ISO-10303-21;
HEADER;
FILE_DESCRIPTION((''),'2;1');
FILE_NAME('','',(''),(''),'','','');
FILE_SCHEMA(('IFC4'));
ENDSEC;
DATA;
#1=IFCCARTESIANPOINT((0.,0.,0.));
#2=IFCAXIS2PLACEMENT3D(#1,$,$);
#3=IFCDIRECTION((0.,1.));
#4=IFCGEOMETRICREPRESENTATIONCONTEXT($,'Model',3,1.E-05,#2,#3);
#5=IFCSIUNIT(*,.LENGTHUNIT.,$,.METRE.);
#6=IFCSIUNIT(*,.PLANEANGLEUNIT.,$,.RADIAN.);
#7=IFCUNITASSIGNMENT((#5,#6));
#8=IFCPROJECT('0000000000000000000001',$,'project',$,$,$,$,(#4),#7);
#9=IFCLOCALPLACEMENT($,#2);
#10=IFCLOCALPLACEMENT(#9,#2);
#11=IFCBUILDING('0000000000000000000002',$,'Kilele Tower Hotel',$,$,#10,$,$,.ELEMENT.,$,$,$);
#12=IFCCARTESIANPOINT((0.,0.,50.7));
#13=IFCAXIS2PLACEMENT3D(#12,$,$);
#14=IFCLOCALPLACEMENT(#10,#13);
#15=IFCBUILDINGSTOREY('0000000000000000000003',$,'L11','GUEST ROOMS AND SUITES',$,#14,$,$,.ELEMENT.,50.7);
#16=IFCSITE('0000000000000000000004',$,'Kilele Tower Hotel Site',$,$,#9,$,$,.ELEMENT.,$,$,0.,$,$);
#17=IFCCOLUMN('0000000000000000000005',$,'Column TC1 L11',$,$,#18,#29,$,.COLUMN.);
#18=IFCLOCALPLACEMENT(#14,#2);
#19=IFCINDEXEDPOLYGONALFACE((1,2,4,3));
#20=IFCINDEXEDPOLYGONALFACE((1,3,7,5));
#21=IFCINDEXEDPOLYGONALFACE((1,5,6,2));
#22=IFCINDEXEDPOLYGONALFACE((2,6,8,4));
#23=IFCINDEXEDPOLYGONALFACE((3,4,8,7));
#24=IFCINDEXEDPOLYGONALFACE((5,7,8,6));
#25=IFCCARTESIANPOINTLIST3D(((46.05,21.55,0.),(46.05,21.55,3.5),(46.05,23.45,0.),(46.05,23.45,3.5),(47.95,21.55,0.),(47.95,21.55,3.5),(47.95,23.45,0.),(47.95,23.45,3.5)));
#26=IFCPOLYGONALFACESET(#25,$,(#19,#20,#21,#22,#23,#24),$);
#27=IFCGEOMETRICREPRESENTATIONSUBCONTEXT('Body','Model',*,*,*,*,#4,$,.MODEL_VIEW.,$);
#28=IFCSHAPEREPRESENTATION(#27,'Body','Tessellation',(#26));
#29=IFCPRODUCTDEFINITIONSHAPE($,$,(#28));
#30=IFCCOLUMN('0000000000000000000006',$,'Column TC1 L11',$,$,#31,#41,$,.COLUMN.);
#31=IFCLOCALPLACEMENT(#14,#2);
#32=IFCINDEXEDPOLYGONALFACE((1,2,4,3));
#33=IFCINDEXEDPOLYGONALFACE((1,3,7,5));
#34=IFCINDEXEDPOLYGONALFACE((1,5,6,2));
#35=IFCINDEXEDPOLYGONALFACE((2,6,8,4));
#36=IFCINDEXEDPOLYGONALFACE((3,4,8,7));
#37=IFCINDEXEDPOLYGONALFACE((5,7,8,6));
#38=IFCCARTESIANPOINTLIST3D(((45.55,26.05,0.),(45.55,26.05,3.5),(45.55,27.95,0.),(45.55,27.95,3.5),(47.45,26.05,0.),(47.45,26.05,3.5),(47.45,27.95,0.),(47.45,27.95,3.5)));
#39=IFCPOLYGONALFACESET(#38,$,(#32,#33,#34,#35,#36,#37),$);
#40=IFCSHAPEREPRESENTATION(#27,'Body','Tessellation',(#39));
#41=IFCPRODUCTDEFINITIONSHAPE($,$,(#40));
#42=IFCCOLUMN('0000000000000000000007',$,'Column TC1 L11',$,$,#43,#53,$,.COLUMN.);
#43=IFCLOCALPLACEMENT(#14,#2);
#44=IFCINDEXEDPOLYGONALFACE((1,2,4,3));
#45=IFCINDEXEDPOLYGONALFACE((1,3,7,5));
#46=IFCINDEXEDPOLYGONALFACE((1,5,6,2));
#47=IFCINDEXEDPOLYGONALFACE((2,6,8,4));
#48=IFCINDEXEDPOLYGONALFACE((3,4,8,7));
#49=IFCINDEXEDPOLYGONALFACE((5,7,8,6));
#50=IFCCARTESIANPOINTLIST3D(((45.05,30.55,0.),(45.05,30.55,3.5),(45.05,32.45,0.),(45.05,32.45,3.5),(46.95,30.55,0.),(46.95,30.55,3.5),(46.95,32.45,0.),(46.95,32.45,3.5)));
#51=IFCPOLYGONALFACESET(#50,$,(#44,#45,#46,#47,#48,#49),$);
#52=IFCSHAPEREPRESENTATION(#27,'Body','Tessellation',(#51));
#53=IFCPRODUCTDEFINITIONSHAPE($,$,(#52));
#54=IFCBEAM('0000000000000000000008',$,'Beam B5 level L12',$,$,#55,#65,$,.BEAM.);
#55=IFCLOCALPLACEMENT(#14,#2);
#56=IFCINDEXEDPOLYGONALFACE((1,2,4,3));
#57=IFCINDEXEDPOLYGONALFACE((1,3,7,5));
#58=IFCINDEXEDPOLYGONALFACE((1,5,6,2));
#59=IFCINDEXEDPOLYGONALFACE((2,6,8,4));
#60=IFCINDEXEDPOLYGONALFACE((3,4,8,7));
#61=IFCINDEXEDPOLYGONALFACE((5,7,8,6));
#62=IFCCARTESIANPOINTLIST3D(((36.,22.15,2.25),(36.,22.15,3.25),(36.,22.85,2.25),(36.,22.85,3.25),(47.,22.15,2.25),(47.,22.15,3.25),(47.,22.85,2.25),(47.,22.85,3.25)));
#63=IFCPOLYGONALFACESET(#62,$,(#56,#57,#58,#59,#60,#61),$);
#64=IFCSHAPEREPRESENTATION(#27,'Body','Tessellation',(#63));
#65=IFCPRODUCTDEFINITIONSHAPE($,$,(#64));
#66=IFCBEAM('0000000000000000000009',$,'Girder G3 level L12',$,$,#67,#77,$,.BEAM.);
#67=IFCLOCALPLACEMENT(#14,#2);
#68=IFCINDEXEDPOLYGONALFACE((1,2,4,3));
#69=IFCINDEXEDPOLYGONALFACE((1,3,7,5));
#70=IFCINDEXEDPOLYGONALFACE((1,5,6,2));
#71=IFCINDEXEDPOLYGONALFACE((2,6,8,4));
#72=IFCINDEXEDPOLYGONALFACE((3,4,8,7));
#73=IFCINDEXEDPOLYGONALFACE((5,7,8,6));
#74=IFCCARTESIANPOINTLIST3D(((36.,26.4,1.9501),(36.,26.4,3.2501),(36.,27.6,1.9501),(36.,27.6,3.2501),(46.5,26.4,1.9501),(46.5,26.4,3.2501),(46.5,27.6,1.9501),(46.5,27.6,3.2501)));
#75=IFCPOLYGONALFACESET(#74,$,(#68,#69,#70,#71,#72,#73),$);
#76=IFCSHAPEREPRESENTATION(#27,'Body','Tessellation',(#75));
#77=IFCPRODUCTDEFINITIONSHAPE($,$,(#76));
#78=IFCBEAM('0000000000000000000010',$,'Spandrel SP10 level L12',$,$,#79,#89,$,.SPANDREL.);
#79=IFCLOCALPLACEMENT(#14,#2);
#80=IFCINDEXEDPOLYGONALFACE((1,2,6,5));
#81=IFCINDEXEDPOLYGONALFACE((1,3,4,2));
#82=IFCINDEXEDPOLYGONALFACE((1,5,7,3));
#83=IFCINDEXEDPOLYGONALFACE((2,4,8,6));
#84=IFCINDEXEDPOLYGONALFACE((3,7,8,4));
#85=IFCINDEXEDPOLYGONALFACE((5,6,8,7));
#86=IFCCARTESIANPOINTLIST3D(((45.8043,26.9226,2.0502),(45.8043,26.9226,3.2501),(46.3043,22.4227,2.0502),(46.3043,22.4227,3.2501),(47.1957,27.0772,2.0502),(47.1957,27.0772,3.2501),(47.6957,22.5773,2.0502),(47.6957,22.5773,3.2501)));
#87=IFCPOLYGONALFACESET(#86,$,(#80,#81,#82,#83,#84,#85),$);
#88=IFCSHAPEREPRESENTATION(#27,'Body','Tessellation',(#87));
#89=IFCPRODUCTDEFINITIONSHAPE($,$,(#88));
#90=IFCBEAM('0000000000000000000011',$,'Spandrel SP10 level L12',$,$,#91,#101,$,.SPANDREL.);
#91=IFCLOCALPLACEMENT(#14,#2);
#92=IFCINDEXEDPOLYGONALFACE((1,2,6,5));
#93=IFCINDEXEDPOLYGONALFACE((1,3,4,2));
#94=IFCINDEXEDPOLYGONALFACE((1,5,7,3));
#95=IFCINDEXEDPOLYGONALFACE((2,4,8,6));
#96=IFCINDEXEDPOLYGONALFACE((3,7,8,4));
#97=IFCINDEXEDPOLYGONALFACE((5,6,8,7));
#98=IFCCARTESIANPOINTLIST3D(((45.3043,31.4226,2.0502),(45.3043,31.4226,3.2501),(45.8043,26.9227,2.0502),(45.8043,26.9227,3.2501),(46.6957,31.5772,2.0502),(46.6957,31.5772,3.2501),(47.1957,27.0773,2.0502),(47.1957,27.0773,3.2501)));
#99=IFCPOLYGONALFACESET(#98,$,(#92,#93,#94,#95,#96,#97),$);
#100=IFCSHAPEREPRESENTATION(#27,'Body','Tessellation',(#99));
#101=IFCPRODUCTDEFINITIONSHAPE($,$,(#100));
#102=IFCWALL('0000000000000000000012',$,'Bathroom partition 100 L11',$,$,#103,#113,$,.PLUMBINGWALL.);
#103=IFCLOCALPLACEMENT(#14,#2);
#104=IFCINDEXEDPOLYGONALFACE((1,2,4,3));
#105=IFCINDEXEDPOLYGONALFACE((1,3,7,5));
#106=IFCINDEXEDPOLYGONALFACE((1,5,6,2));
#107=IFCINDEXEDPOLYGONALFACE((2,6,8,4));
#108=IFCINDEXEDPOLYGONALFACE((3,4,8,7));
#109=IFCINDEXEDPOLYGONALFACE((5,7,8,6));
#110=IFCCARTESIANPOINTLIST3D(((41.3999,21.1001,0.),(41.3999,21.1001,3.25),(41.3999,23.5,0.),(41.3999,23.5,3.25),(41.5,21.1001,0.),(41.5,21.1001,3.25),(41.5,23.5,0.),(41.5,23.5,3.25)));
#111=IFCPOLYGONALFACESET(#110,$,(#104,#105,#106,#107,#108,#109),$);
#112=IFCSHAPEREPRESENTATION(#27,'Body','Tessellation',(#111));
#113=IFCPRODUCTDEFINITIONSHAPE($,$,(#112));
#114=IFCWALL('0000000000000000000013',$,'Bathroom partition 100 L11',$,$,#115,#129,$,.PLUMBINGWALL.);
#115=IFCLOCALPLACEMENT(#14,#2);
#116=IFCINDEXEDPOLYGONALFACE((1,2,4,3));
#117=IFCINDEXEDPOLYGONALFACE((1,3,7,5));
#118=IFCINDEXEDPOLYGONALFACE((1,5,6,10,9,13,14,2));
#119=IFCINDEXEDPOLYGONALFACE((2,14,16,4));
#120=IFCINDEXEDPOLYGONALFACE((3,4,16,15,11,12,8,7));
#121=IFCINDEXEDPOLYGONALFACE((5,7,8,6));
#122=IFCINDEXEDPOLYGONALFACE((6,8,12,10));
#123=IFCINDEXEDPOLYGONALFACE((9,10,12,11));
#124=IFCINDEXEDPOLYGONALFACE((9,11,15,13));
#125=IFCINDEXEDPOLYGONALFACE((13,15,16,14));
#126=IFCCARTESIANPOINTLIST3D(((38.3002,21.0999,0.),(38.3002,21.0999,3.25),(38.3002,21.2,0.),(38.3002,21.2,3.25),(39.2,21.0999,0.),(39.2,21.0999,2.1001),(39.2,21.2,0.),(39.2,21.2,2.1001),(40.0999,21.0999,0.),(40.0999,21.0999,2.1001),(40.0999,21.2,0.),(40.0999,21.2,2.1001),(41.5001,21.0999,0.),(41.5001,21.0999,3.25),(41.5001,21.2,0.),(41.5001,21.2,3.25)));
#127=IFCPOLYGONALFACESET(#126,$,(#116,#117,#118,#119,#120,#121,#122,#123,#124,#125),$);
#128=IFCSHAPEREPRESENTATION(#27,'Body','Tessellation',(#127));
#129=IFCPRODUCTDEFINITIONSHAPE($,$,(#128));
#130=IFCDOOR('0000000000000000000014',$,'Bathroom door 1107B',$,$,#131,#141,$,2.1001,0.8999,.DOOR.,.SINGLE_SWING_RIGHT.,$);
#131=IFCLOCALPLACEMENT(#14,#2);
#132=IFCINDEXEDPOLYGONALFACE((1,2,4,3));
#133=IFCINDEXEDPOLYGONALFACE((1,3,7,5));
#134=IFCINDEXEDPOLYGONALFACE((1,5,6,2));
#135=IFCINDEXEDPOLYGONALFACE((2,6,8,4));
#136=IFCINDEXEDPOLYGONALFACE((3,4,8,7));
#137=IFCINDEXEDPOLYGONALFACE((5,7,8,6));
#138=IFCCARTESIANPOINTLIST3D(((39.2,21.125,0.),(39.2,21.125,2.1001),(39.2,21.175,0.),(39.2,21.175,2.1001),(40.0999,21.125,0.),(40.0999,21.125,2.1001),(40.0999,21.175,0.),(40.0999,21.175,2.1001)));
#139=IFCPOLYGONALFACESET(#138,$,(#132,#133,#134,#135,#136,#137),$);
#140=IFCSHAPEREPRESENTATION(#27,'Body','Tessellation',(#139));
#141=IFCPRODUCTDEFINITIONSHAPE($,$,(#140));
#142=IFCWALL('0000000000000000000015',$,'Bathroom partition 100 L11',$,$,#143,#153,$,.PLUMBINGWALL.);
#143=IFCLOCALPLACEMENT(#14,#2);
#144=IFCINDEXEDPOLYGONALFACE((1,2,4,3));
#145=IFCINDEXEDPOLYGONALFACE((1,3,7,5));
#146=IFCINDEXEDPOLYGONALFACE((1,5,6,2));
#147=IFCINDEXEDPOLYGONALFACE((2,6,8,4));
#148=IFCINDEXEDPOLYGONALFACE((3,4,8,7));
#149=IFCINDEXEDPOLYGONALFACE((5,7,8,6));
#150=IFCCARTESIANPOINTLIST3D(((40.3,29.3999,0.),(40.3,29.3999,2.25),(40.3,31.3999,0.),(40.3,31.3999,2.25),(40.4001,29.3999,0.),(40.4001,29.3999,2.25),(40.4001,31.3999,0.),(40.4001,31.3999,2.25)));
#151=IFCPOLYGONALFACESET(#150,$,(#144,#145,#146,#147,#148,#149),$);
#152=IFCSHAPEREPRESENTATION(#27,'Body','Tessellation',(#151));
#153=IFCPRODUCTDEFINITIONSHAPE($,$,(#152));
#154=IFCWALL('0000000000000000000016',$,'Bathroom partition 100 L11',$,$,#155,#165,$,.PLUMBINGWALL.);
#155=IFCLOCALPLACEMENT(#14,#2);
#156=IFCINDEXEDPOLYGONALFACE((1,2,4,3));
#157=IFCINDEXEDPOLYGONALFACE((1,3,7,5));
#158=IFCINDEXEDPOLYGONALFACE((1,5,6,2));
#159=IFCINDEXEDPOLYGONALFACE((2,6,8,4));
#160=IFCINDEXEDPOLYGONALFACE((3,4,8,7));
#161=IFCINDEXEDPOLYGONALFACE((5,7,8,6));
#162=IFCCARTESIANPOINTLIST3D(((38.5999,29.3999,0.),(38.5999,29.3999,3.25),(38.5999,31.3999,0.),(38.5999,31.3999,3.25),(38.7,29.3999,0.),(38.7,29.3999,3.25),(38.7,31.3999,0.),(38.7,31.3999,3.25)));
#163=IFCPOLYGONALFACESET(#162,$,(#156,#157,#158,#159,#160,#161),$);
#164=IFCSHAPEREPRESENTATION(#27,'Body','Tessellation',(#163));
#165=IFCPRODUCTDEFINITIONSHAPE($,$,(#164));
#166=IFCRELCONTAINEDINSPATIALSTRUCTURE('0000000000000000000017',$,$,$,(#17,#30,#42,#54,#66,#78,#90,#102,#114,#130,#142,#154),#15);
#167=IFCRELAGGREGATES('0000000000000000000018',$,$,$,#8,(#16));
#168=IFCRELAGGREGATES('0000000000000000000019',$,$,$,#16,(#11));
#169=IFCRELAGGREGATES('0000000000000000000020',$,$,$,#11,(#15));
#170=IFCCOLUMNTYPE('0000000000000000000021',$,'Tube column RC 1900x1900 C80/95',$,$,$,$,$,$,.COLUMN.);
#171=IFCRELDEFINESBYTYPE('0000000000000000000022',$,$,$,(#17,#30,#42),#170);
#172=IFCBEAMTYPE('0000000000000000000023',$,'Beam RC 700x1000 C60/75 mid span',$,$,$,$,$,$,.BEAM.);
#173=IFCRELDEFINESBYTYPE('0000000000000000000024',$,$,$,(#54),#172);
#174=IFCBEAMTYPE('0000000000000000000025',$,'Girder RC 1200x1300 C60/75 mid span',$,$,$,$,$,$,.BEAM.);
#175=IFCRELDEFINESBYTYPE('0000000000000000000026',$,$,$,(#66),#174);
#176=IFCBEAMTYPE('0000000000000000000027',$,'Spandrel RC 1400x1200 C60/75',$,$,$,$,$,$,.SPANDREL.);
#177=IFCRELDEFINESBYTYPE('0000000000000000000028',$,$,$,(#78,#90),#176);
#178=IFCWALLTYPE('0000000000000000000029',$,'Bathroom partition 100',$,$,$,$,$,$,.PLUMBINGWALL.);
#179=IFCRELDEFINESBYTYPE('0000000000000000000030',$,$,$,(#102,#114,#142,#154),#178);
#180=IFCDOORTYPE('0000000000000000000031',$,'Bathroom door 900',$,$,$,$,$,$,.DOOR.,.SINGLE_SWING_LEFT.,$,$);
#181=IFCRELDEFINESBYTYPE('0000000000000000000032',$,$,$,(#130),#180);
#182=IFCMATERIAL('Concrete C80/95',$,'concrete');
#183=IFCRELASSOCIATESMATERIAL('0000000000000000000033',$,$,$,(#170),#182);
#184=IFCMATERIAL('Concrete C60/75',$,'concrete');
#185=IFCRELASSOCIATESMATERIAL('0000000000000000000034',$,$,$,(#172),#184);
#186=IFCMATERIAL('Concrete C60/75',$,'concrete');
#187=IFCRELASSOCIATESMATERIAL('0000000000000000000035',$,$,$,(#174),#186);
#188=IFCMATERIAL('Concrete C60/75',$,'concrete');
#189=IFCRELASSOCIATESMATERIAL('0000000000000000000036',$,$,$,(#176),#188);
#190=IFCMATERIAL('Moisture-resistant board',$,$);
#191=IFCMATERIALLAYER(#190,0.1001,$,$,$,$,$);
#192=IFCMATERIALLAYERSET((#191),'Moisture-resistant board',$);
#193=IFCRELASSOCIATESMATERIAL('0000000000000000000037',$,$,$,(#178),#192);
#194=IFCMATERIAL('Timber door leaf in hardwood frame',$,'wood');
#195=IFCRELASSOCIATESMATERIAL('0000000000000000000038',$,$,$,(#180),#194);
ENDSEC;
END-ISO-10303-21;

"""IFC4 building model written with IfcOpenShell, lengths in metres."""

from ifc_helpers import new_model, si_unit, direction, frame, frame_2d, origin, origin_2d, place, context, subcontext, project, spatial, rectangle, extrude, material, layer, layer_set, material_profile, profile_set, type_object, element, fill, save


model = new_model("IFC4")

# Units and contexts
model_context = context("Model", 3, precision=1e-05, world=origin(), true_north=direction((0.0, 1.0)))
body_context = subcontext(model_context, "Body", "Model", "MODEL_VIEW")
ifc_project = project(units=[si_unit("LENGTHUNIT", "METRE"), si_unit("PLANEANGLEUNIT", "RADIAN")], contexts=[model_context])

# Site, building, storey
site_placement = place(None, origin())
site = spatial("IfcSite", under=ifc_project, at=site_placement, Name="Kilele Tower Hotel Site", CompositionType="ELEMENT", RefElevation=0.0)
building_placement = place(site_placement, origin())
building = spatial("IfcBuilding", under=site, at=building_placement, Name="Kilele Tower Hotel", CompositionType="ELEMENT")
storey_placement = place(building_placement, frame((0.0, 0.0, 50.7)))
storey = spatial("IfcBuildingStorey", under=building, at=storey_placement, Name="L11", Description="GUEST ROOMS AND SUITES", CompositionType="ELEMENT", Elevation=50.7)

# Columns
ifc_material_1 = material(Name="Concrete C80/95", Category="concrete")
ifc_material_profile_1 = material_profile(ifc_material_1, rectangle(XDim=1.8999, YDim=1.8999, at=origin_2d()))
ifc_profile_set_1 = profile_set([ifc_material_profile_1], Name="Concrete C80/95")
column_type = type_object("IfcColumnType", Name="Tube column RC 1900x1900 C80/95", PredefinedType="COLUMN", material=ifc_profile_set_1)
for number, where, z_axis, x_axis, name in (
    (1, (47.0, 22.5, 0.0), (0.0, 0.0, 1.0), (1.0, 0.0, 0.0), "Column TC1 L11"),
    (2, (46.5, 27.0, 0.0), (0.0, 0.0, 1.0), (1.0, 0.0, 0.0), "Column TC1 L11"),
    (3, (46.0, 31.5, 0.0), (0.0, 0.0, 1.0), (1.0, 0.0, 0.0), "Column TC1 L11"),
):
    element("IfcColumn", number, at=place(storey_placement, frame(where, z_axis=z_axis, x_axis=x_axis)), inside=storey, type_object=column_type, Name=name, PredefinedType="COLUMN", context=body_context, shape_type="SweptSolid", body=[
        extrude(rectangle(XDim=1.8999, YDim=1.8999, at=origin_2d()), origin(), (0.0, 0.0, 1.0), 3.5),
    ])

# Beams
ifc_material_2 = material(Name="Concrete C60/75", Category="concrete")
ifc_material_profile_2 = material_profile(ifc_material_2, rectangle(XDim=0.7, YDim=1.0, at=origin_2d()))
ifc_profile_set_2 = profile_set([ifc_material_profile_2], Name="Concrete C60/75")
beam_type_1 = type_object("IfcBeamType", Name="Beam RC 700x1000 C60/75 mid span", PredefinedType="BEAM", material=ifc_profile_set_2)
beam_1_placement = place(storey_placement, frame((47.0, 22.5, 2.75), z_axis=(-1.0, 0.0, 0.0), x_axis=(0.0, -1.0, 0.0)))
element("IfcBeam", 4, at=beam_1_placement, inside=storey, type_object=beam_type_1, Name="Beam B5 level L12", PredefinedType="BEAM", context=body_context, shape_type="SweptSolid", body=[
    extrude(rectangle(XDim=0.7, YDim=1.0, at=origin_2d()), origin(), (0.0, 0.0, 1.0), 11.0),
])
ifc_material_3 = material(Name="Concrete C60/75", Category="concrete")
ifc_material_profile_3 = material_profile(ifc_material_3, rectangle(XDim=1.2, YDim=1.3, at=origin_2d()))
ifc_profile_set_3 = profile_set([ifc_material_profile_3], Name="Concrete C60/75")
beam_type_2 = type_object("IfcBeamType", Name="Girder RC 1200x1300 C60/75 mid span", PredefinedType="BEAM", material=ifc_profile_set_3)
beam_2_placement = place(storey_placement, frame((46.5, 27.0, 2.6001), z_axis=(-1.0, 0.0, 0.0), x_axis=(0.0, -1.0, 0.0)))
element("IfcBeam", 5, at=beam_2_placement, inside=storey, type_object=beam_type_2, Name="Girder G3 level L12", PredefinedType="BEAM", context=body_context, shape_type="SweptSolid", body=[
    extrude(rectangle(XDim=1.2, YDim=1.3, at=origin_2d()), origin(), (0.0, 0.0, 1.0), 10.5),
])
ifc_material_4 = material(Name="Concrete C60/75", Category="concrete")
ifc_material_profile_4 = material_profile(ifc_material_4, rectangle(XDim=1.3999, YDim=1.2, at=origin_2d()))
ifc_profile_set_4 = profile_set([ifc_material_profile_4], Name="Concrete C60/75")
beam_type_3 = type_object("IfcBeamType", Name="Spandrel RC 1400x1200 C60/75", PredefinedType="SPANDREL", material=ifc_profile_set_4)
for number, where, z_axis, x_axis, name in (
    (6, (47.0, 22.5, 2.6501), (-0.110432, 0.993884, 0.0), (-0.993884, -0.110432, 0.0), "Spandrel SP10 level L12"),
    (7, (46.5, 27.0, 2.6501), (-0.110432, 0.993884, 0.0), (-0.993884, -0.110432, 0.0), "Spandrel SP10 level L12"),
):
    element("IfcBeam", number, at=place(storey_placement, frame(where, z_axis=z_axis, x_axis=x_axis)), inside=storey, type_object=beam_type_3, Name=name, PredefinedType="SPANDREL", context=body_context, shape_type="SweptSolid", body=[
        extrude(rectangle(XDim=1.3999, YDim=1.2, at=origin_2d()), origin(), (0.0, 0.0, 1.0), 4.5276),
    ])

# Wall
ifc_material_5 = material(Name="Moisture-resistant board")
ifc_layer_1 = layer(ifc_material_5, 0.1001)
ifc_layer_set_1 = layer_set([ifc_layer_1], Name="Moisture-resistant board")
wall_type_1 = type_object("IfcWallType", Name="Bathroom partition 100", PredefinedType="PLUMBINGWALL", material=ifc_layer_set_1)
wall_1_placement = place(storey_placement, frame((41.45, 21.1001, 0.0), z_axis=(0.0, 0.0, 1.0), x_axis=(0.0, 1.0, 0.0)))
element("IfcWall", 8, at=wall_1_placement, inside=storey, type_object=wall_type_1, Name="Bathroom partition 100 L11", PredefinedType="PLUMBINGWALL", context=body_context, shape_type="SweptSolid", body=[
    extrude(rectangle(XDim=2.3999, YDim=0.1001, at=frame_2d((1.2, 0.0))), origin(), (0.0, 0.0, 1.0), 3.25),
])

# Wall, opening, door
wall_2_placement = place(storey_placement, frame((38.3, 21.1499, 0.0), z_axis=(0.0, 0.0, 1.0), x_axis=(1.0, 0.0, 0.0)))
wall_2 = element("IfcWall", 9, at=wall_2_placement, inside=storey, type_object=wall_type_1, Name="Bathroom partition 100 L11", PredefinedType="PLUMBINGWALL", context=body_context, shape_type="SweptSolid", body=[
    extrude(rectangle(XDim=3.2, YDim=0.1001, at=frame_2d((1.6001, 0.0))), origin(), (0.0, 0.0, 1.0), 3.25),
])
opening_1_placement = place(wall_2_placement, frame((1.7998, 0.0, 0.0), z_axis=(0.0, 0.0, 1.0), x_axis=(-1.0, 0.0, 0.0)))
opening_1 = element("IfcOpeningElement", 10, at=opening_1_placement, cuts=wall_2, PredefinedType="OPENING", context=body_context, shape_type="SweptSolid", body=[
    extrude(rectangle(XDim=0.8999, YDim=2.1001, at=frame_2d((0.45, 1.05))), frame((0.0, 0.0601, 0.0), z_axis=(0.0, -1.0, 0.0), x_axis=(1.0, 0.0, 0.0)), (0.0, 0.0, 1.0), 0.1201),
])
ifc_material_6 = material(Name="Timber door leaf in hardwood frame", Category="wood")
door_type_1 = type_object("IfcDoorType", Name="Bathroom door 900", OperationType="SINGLE_SWING_LEFT", PredefinedType="DOOR", material=ifc_material_6)
door_1_placement = place(opening_1_placement, origin())
door_1 = element("IfcDoor", 11, at=door_1_placement, inside=storey, type_object=door_type_1, Name="Bathroom door 1107B", OperationType="SINGLE_SWING_RIGHT", OverallHeight=2.1001, OverallWidth=0.8999, PredefinedType="DOOR", context=body_context, shape_type="SweptSolid", body=[
    extrude(rectangle(XDim=0.8999, YDim=2.1001, at=frame_2d((0.45, 1.05))), frame((0.0, 0.0249, 0.0), z_axis=(0.0, -1.0, 0.0), x_axis=(1.0, 0.0, 0.0)), (0.0, 0.0, 1.0), 0.05),
])
fill(opening_1, door_1)

# Walls
wall_3_placement = place(storey_placement, frame((40.3501, 31.3999, 0.0), z_axis=(0.0, 0.0, 1.0), x_axis=(0.0, -1.0, 0.0)))
element("IfcWall", 12, at=wall_3_placement, inside=storey, type_object=wall_type_1, Name="Bathroom partition 100 L11", PredefinedType="PLUMBINGWALL", context=body_context, shape_type="SweptSolid", body=[
    extrude(rectangle(XDim=2.0, YDim=0.1001, at=frame_2d((1.0, 0.0))), origin(), (0.0, 0.0, 1.0), 2.25),
])
wall_4_placement = place(storey_placement, frame((38.6499, 31.3999, 0.0), z_axis=(0.0, 0.0, 1.0), x_axis=(0.0, -1.0, 0.0)))
element("IfcWall", 13, at=wall_4_placement, inside=storey, type_object=wall_type_1, Name="Bathroom partition 100 L11", PredefinedType="PLUMBINGWALL", context=body_context, shape_type="SweptSolid", body=[
    extrude(rectangle(XDim=2.0, YDim=0.1001, at=frame_2d((1.0, 0.0))), origin(), (0.0, 0.0, 1.0), 3.25),
])

save(model, "model.ifc")
